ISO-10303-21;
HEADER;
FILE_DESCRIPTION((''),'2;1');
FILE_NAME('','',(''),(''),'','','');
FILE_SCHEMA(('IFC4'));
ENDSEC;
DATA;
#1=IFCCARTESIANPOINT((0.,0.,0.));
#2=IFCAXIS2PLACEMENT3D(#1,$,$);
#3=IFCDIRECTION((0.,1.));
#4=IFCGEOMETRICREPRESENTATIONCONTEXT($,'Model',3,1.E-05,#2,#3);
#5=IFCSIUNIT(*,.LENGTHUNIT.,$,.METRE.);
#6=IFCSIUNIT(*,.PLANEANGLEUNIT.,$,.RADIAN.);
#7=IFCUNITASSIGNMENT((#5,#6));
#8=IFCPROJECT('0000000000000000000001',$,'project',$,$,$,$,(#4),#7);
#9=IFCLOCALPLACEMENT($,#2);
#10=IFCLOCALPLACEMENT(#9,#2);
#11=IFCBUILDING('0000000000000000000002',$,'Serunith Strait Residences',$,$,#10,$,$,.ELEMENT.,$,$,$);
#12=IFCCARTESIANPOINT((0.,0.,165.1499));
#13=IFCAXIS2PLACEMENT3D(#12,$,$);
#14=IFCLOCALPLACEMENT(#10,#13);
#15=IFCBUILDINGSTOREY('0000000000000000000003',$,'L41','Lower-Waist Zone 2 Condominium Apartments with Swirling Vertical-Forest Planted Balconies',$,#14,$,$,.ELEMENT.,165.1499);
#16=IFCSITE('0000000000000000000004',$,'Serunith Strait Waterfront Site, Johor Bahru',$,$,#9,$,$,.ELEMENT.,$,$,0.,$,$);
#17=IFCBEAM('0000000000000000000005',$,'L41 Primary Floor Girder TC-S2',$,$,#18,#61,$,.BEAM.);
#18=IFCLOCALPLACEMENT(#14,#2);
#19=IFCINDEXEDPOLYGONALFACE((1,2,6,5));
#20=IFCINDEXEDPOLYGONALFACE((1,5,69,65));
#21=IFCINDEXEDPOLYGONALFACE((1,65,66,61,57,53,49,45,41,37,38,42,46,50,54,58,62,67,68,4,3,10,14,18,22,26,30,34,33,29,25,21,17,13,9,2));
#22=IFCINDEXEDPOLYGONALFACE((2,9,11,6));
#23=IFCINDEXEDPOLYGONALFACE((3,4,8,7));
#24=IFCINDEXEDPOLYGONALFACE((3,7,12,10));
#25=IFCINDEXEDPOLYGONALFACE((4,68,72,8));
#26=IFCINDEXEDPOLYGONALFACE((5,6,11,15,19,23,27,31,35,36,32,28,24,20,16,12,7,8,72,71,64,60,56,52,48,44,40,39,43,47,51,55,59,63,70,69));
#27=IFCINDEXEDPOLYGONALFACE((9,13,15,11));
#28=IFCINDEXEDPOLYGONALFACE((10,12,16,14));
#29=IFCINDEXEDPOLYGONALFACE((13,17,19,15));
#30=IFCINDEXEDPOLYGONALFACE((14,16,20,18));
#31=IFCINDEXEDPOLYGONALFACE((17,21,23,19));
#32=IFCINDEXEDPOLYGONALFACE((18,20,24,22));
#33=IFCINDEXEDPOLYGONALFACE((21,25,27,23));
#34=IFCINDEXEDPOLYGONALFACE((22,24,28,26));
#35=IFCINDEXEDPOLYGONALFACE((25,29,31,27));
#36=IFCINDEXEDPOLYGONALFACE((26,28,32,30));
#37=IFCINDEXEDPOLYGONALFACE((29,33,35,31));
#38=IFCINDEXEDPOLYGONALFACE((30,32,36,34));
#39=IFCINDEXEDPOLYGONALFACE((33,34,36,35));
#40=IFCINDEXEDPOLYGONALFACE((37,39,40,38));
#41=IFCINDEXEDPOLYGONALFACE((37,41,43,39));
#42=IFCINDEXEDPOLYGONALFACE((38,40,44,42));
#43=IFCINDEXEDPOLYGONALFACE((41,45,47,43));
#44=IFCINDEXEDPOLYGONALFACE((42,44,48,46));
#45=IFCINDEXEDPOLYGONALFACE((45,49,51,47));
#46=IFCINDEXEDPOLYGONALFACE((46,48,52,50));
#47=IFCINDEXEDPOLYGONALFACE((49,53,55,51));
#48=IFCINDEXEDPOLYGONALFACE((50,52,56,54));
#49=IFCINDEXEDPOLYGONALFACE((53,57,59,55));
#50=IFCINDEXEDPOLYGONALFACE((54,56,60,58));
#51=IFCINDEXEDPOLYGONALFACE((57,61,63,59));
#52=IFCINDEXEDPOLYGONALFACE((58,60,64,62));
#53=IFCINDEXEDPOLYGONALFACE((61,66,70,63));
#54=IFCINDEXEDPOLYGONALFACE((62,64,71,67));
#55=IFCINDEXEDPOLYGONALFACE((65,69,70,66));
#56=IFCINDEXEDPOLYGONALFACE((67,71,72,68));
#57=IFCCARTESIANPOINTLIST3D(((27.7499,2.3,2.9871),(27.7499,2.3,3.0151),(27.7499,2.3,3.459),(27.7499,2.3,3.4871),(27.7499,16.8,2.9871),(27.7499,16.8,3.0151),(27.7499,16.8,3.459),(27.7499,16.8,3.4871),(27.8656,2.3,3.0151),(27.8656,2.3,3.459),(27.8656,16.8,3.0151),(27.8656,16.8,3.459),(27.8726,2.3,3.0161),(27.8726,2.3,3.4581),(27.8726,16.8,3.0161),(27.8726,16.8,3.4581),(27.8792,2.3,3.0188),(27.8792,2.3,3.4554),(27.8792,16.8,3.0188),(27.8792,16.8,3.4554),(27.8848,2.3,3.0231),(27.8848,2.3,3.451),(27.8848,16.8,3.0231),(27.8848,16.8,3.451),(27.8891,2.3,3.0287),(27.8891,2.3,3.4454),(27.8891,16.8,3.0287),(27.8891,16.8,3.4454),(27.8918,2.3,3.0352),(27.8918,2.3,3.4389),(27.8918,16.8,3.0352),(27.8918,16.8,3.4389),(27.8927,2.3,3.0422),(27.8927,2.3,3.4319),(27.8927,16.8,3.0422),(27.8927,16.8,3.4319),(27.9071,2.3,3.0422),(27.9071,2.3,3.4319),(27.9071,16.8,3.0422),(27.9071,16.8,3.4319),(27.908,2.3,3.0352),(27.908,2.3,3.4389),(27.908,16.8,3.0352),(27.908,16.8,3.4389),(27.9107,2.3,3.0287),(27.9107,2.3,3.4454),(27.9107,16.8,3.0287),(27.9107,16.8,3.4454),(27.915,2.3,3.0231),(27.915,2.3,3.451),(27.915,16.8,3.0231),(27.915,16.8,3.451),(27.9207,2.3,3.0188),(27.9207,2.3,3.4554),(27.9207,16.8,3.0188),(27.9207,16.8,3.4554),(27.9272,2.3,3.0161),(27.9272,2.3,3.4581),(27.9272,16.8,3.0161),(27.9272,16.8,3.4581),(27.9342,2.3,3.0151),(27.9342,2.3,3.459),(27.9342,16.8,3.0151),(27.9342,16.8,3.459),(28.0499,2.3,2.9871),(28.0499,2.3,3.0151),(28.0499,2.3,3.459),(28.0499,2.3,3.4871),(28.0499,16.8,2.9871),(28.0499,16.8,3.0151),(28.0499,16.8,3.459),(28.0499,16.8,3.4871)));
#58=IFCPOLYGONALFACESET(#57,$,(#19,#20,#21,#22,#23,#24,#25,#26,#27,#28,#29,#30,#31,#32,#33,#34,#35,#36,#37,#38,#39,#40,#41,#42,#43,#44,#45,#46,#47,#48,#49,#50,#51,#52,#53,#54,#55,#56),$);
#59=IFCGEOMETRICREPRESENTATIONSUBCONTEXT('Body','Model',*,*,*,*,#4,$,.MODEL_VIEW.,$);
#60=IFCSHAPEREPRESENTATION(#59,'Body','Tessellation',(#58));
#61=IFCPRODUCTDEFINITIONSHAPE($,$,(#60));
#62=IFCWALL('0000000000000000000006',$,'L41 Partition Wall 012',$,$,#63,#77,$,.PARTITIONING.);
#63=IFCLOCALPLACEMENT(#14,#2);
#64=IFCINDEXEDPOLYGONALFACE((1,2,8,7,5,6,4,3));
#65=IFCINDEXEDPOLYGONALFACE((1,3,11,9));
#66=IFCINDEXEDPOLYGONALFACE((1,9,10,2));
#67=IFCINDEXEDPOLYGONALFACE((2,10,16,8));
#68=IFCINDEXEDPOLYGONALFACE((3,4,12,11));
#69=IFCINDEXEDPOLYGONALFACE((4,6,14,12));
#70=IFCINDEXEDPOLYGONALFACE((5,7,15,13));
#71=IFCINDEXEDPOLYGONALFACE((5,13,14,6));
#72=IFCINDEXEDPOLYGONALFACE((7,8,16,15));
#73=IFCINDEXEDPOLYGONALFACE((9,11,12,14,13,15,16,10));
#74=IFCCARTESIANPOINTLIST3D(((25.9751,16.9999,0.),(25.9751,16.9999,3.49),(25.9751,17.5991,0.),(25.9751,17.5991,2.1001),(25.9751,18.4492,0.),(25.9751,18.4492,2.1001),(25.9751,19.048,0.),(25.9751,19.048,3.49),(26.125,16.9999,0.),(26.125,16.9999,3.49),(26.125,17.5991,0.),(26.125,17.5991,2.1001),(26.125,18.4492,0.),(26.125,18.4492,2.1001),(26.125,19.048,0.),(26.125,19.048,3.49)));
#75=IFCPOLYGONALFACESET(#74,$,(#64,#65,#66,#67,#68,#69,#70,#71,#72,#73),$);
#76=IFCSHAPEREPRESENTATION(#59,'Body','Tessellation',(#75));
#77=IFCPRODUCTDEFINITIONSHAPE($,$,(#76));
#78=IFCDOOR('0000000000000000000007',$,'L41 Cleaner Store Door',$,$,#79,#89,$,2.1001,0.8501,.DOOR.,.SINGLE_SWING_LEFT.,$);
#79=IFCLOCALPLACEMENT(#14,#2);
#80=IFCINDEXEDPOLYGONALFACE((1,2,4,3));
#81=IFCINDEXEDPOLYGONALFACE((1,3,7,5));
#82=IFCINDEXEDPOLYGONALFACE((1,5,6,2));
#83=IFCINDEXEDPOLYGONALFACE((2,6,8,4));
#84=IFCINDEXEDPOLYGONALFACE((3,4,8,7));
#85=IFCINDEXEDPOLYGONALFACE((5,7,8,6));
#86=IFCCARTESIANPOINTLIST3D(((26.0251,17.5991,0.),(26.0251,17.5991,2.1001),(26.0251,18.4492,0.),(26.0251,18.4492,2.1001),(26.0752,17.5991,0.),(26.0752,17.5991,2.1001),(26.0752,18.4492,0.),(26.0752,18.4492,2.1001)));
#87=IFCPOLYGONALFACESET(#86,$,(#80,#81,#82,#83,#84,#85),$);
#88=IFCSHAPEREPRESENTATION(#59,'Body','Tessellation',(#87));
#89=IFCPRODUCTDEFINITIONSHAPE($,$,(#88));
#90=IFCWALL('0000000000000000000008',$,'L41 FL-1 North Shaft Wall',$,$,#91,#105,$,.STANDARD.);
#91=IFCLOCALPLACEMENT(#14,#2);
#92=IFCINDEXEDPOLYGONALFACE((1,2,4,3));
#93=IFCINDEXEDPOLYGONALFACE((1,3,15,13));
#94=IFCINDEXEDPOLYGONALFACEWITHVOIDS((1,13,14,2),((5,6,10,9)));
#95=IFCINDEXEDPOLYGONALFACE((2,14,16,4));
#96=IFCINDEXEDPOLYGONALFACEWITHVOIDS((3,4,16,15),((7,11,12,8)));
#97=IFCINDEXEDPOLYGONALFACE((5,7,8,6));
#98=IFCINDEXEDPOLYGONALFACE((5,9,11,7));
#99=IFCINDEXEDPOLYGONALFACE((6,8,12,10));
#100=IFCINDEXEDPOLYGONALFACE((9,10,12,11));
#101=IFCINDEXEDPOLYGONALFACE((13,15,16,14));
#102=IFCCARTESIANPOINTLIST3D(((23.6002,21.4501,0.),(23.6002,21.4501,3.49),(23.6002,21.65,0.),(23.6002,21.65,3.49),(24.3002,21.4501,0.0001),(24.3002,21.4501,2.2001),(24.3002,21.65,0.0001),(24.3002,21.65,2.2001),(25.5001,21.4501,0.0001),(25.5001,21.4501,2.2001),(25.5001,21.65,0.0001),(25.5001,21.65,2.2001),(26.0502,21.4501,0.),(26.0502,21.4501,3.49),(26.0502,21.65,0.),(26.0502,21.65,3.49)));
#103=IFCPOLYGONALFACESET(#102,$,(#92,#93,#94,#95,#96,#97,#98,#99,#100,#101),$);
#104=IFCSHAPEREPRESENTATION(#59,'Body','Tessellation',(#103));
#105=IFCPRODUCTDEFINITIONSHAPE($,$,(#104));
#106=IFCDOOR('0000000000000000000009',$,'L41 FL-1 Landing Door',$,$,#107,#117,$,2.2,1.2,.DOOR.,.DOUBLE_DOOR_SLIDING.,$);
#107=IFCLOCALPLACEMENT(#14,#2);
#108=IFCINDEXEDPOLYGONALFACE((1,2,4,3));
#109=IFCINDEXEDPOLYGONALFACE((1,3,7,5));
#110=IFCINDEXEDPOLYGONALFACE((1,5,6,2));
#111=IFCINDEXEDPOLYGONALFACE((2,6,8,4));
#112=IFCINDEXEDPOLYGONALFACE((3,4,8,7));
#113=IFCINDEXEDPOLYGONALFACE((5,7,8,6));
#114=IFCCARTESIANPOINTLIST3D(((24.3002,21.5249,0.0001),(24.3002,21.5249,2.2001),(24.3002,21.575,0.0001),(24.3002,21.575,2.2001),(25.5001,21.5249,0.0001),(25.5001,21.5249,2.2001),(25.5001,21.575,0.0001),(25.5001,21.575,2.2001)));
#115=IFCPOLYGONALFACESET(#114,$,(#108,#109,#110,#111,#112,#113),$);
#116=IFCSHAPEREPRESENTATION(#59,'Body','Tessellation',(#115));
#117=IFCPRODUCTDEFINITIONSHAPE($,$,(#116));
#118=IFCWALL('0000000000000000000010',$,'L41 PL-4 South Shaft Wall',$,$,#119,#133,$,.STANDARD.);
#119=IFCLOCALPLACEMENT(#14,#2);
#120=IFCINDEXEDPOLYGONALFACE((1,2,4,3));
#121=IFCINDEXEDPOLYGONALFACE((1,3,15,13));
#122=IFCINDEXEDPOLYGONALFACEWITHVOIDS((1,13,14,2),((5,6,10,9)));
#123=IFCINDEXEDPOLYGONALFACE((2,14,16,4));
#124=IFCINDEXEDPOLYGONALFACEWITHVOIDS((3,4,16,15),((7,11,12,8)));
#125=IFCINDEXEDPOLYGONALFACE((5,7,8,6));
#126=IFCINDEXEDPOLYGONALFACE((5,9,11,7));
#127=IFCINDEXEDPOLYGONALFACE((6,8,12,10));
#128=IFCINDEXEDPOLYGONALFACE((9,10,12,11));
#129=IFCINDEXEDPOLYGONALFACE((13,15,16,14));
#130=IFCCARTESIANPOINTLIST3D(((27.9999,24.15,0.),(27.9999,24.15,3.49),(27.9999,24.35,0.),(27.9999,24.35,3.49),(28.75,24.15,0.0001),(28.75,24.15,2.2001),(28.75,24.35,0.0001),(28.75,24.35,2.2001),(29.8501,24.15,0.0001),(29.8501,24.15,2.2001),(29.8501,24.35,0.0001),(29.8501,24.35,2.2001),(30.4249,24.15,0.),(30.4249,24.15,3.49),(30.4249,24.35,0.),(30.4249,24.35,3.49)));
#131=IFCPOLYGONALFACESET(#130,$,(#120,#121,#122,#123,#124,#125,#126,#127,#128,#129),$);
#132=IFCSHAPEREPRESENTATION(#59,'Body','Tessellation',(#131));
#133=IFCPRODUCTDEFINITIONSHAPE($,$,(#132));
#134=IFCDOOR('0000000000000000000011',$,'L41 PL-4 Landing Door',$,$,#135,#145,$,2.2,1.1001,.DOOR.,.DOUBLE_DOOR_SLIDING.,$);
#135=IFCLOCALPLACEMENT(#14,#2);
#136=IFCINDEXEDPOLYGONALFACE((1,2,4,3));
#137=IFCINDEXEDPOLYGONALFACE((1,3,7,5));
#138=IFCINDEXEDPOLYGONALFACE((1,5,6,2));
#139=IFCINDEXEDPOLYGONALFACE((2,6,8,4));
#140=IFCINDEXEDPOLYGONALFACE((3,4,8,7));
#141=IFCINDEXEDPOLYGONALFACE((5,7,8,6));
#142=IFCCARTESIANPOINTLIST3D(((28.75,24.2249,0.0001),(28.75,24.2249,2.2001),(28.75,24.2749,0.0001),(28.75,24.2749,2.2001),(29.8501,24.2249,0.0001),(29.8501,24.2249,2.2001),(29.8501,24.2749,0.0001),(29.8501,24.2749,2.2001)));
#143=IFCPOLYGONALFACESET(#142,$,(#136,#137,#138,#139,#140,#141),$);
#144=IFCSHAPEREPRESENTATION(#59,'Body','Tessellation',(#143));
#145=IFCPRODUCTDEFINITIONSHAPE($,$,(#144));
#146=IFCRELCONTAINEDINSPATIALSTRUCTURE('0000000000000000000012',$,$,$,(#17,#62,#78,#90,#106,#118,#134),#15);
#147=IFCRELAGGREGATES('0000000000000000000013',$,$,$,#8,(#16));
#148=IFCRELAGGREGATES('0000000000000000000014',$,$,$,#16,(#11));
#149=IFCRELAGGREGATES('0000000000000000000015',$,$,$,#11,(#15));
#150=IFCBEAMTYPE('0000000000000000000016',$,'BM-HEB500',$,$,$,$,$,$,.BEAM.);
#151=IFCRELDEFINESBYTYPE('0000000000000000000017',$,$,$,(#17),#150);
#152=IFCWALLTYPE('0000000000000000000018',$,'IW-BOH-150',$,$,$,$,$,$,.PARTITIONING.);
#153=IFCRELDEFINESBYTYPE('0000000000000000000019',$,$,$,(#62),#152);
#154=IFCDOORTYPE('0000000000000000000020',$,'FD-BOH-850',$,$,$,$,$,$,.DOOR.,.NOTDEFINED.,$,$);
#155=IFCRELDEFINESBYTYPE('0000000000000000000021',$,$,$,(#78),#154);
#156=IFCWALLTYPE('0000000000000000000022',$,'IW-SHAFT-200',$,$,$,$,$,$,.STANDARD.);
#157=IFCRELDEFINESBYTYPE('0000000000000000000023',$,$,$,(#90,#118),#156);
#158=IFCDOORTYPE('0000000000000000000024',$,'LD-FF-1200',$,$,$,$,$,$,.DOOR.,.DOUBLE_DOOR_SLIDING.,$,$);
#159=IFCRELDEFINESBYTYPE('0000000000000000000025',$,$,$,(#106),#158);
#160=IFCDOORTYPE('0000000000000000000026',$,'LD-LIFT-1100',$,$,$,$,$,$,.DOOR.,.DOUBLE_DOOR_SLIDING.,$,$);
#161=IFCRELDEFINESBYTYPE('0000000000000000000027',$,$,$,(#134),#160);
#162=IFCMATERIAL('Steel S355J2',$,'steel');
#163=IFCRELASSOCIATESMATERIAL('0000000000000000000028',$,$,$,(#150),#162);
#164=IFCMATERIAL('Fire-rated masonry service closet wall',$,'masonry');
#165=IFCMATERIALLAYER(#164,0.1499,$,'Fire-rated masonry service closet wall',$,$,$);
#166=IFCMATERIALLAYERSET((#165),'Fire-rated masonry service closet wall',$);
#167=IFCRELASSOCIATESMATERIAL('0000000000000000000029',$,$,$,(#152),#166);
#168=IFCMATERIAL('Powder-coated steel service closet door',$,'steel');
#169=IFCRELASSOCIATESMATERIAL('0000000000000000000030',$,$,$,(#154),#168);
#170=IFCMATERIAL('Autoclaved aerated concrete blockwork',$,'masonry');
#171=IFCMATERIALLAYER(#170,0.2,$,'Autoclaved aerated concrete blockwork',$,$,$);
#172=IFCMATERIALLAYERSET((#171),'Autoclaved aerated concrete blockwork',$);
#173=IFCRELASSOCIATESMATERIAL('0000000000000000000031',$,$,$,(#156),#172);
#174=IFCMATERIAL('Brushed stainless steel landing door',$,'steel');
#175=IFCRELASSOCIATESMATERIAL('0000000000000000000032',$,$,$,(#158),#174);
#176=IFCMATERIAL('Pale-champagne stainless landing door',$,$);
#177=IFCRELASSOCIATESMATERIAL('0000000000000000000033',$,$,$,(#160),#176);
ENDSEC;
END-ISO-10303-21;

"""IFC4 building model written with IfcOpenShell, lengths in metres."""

from ifc_helpers import new_model, si_unit, direction, frame, frame_2d, origin, origin_2d, place, context, subcontext, project, spatial, rectangle, i_section, extrude, source, transform, mapped, material, layer, layer_set, material_profile, profile_set, type_object, element, fill, save


model = new_model("IFC4")

# Units and contexts
model_context = context("Model", 3, precision=1e-05, world=origin(), true_north=direction((0.0, 1.0)))
body_context = subcontext(model_context, "Body", "Model", "MODEL_VIEW")
ifc_project = project(units=[si_unit("LENGTHUNIT", "METRE"), si_unit("PLANEANGLEUNIT", "RADIAN")], contexts=[model_context])

# Site, building, storey
site_placement = place(None, origin())
site = spatial("IfcSite", under=ifc_project, at=site_placement, Name="Serunith Strait Waterfront Site, Johor Bahru", CompositionType="ELEMENT", RefElevation=0.0)
building_placement = place(site_placement, origin())
building = spatial("IfcBuilding", under=site, at=building_placement, Name="Serunith Strait Residences", CompositionType="ELEMENT")
storey_placement = place(building_placement, frame((0.0, 0.0, 165.1499)))
storey = spatial("IfcBuildingStorey", under=building, at=storey_placement, Name="L41", Description="Lower-Waist Zone 2 Condominium Apartments with Swirling Vertical-Forest Planted Balconies", CompositionType="ELEMENT", Elevation=165.1499)

# Beam
ifc_material_1 = material(Name="Steel S355J2", Category="steel")
ifc_material_profile = material_profile(ifc_material_1, i_section(OverallWidth=0.3, OverallDepth=0.5, WebThickness=0.0144, FlangeThickness=0.0281, FilletRadius=0.0271, at=origin_2d()), Name="HEB 500")
ifc_profile_set = profile_set([ifc_material_profile], Name="Steel S355J2")
beam_type = type_object("IfcBeamType", Name="BM-HEB500", PredefinedType="BEAM", material=ifc_profile_set)
shared_shape_1 = source(origin(), body_context, "Body", "SweptSolid", [
    extrude(i_section(OverallWidth=0.3, OverallDepth=0.5, WebThickness=0.0144, FlangeThickness=0.0281, FilletRadius=0.0271, at=origin_2d()), origin(), (0.0, 0.0, 1.0), 14.5),
])
beam_placement = place(storey_placement, frame((27.8999, 16.8, 3.2371), z_axis=(0.0, -1.0, 0.0), x_axis=(1.0, 0.0, 0.0)))
element("IfcBeam", 1, at=beam_placement, inside=storey, type_object=beam_type, Name="L41 Primary Floor Girder TC-S2", PredefinedType="BEAM", context=body_context, shape_type="MappedRepresentation", body=[
    mapped(shared_shape_1, transform((0.0, 0.0, 0.0), scale=1.0)),
])

# Walls, openings, doors
ifc_material_2 = material(Name="Fire-rated masonry service closet wall", Category="masonry")
ifc_layer_1 = layer(ifc_material_2, 0.1499, Name="Fire-rated masonry service closet wall")
ifc_layer_set_1 = layer_set([ifc_layer_1], Name="Fire-rated masonry service closet wall")
wall_type_1 = type_object("IfcWallType", Name="IW-BOH-150", PredefinedType="PARTITIONING", material=ifc_layer_set_1)
wall_1_placement = place(storey_placement, frame((26.05, 17.0, 0.0), z_axis=(0.0, 0.0, 1.0), x_axis=(0.0, 1.0, 0.0)))
wall_1 = element("IfcWall", 2, at=wall_1_placement, inside=storey, type_object=wall_type_1, Name="L41 Partition Wall 012", PredefinedType="PARTITIONING", context=body_context, shape_type="SweptSolid", body=[
    extrude(rectangle(XDim=2.0481, YDim=0.1499, at=frame_2d((1.0239, 0.0))), origin(), (0.0, 0.0, 1.0), 3.49),
])
opening_1_placement = place(wall_1_placement, frame((0.5991, 0.0, 0.0)))
opening_1 = element("IfcOpeningElement", 3, at=opening_1_placement, cuts=wall_1, PredefinedType="OPENING", context=body_context, shape_type="SweptSolid", body=[
    extrude(rectangle(XDim=0.8501, YDim=2.1001, at=frame_2d((0.425, 1.05))), frame((0.0, 0.085, 0.0), z_axis=(0.0, -1.0, 0.0), x_axis=(1.0, 0.0, 0.0)), (0.0, 0.0, 1.0), 0.1699),
])
ifc_material_3 = material(Name="Powder-coated steel service closet door", Category="steel")
door_type_1 = type_object("IfcDoorType", Name="FD-BOH-850", OperationType="NOTDEFINED", PredefinedType="DOOR", material=ifc_material_3)
shared_shape_2 = source(origin(), body_context, "Body", "SweptSolid", [
    extrude(rectangle(XDim=0.8501, YDim=2.1001, at=frame_2d((0.425, 1.05))), frame((0.0, 0.0249, 0.0), z_axis=(0.0, -1.0, 0.0), x_axis=(1.0, 0.0, 0.0)), (0.0, 0.0, 1.0), 0.05),
])
door_1_placement = place(opening_1_placement, origin())
door_1 = element("IfcDoor", 4, at=door_1_placement, inside=storey, type_object=door_type_1, Name="L41 Cleaner Store Door", OperationType="SINGLE_SWING_LEFT", OverallHeight=2.1001, OverallWidth=0.8501, PredefinedType="DOOR", context=body_context, shape_type="MappedRepresentation", body=[
    mapped(shared_shape_2, transform((0.0, 0.0, 0.0), scale=1.0)),
])
fill(opening_1, door_1)
ifc_material_4 = material(Name="Autoclaved aerated concrete blockwork", Category="masonry")
ifc_layer_2 = layer(ifc_material_4, 0.2, Name="Autoclaved aerated concrete blockwork")
ifc_layer_set_2 = layer_set([ifc_layer_2], Name="Autoclaved aerated concrete blockwork")
wall_type_2 = type_object("IfcWallType", Name="IW-SHAFT-200", PredefinedType="STANDARD", material=ifc_layer_set_2)
wall_2_placement = place(storey_placement, frame((23.6001, 21.55, 0.0), z_axis=(0.0, 0.0, 1.0), x_axis=(1.0, 0.0, 0.0)))
wall_2 = element("IfcWall", 5, at=wall_2_placement, inside=storey, type_object=wall_type_2, Name="L41 FL-1 North Shaft Wall", PredefinedType="STANDARD", context=body_context, shape_type="SweptSolid", body=[
    extrude(rectangle(XDim=2.45, YDim=0.2, at=frame_2d((1.2251, 0.0))), origin(), (0.0, 0.0, 1.0), 3.49),
])
opening_2_placement = place(wall_2_placement, frame((0.7, 0.0, 0.0)))
opening_2 = element("IfcOpeningElement", 6, at=opening_2_placement, cuts=wall_2, PredefinedType="OPENING", context=body_context, shape_type="SweptSolid", body=[
    extrude(rectangle(XDim=1.2, YDim=2.2, at=frame_2d((0.6001, 1.1001))), frame((0.0, 0.1099, 0.0), z_axis=(0.0, -1.0, 0.0), x_axis=(1.0, 0.0, 0.0)), (0.0, 0.0, 1.0), 0.22),
])
ifc_material_5 = material(Name="Brushed stainless steel landing door", Category="steel")
door_type_2 = type_object("IfcDoorType", Name="LD-FF-1200", OperationType="DOUBLE_DOOR_SLIDING", PredefinedType="DOOR", material=ifc_material_5)
shared_shape_3 = source(origin(), body_context, "Body", "SweptSolid", [
    extrude(rectangle(XDim=1.2, YDim=2.2, at=frame_2d((0.6001, 1.1001))), frame((0.0, 0.0249, 0.0), z_axis=(0.0, -1.0, 0.0), x_axis=(1.0, 0.0, 0.0)), (0.0, 0.0, 1.0), 0.05),
])
door_2_placement = place(opening_2_placement, origin())
door_2 = element("IfcDoor", 7, at=door_2_placement, inside=storey, type_object=door_type_2, Name="L41 FL-1 Landing Door", OperationType="DOUBLE_DOOR_SLIDING", OverallHeight=2.2, OverallWidth=1.2, PredefinedType="DOOR", context=body_context, shape_type="MappedRepresentation", body=[
    mapped(shared_shape_3, transform((0.0, 0.0, 0.0), scale=1.0)),
])
fill(opening_2, door_2)
wall_3_placement = place(storey_placement, frame((28.0, 24.25, 0.0), z_axis=(0.0, 0.0, 1.0), x_axis=(1.0, 0.0, 0.0)))
wall_3 = element("IfcWall", 8, at=wall_3_placement, inside=storey, type_object=wall_type_2, Name="L41 PL-4 South Shaft Wall", PredefinedType="STANDARD", context=body_context, shape_type="SweptSolid", body=[
    extrude(rectangle(XDim=2.425, YDim=0.2, at=frame_2d((1.2124, 0.0))), origin(), (0.0, 0.0, 1.0), 3.49),
])
opening_3_placement = place(wall_3_placement, frame((0.75, 0.0, 0.0)))
opening_3 = element("IfcOpeningElement", 9, at=opening_3_placement, cuts=wall_3, PredefinedType="OPENING", context=body_context, shape_type="SweptSolid", body=[
    extrude(rectangle(XDim=1.1001, YDim=2.2, at=frame_2d((0.55, 1.1001))), frame((0.0, 0.1099, 0.0), z_axis=(0.0, -1.0, 0.0), x_axis=(1.0, 0.0, 0.0)), (0.0, 0.0, 1.0), 0.22),
])
ifc_material_6 = material(Name="Pale-champagne stainless landing door")
door_type_3 = type_object("IfcDoorType", Name="LD-LIFT-1100", OperationType="DOUBLE_DOOR_SLIDING", PredefinedType="DOOR", material=ifc_material_6)
shared_shape_4 = source(origin(), body_context, "Body", "SweptSolid", [
    extrude(rectangle(XDim=1.1001, YDim=2.2, at=frame_2d((0.55, 1.1001))), frame((0.0, 0.0249, 0.0), z_axis=(0.0, -1.0, 0.0), x_axis=(1.0, 0.0, 0.0)), (0.0, 0.0, 1.0), 0.05),
])
door_3_placement = place(opening_3_placement, origin())
door_3 = element("IfcDoor", 10, at=door_3_placement, inside=storey, type_object=door_type_3, Name="L41 PL-4 Landing Door", OperationType="DOUBLE_DOOR_SLIDING", OverallHeight=2.2, OverallWidth=1.1001, PredefinedType="DOOR", context=body_context, shape_type="MappedRepresentation", body=[
    mapped(shared_shape_4, transform((0.0, 0.0, 0.0), scale=1.0)),
])
fill(opening_3, door_3)

save(model, "model.ifc")
